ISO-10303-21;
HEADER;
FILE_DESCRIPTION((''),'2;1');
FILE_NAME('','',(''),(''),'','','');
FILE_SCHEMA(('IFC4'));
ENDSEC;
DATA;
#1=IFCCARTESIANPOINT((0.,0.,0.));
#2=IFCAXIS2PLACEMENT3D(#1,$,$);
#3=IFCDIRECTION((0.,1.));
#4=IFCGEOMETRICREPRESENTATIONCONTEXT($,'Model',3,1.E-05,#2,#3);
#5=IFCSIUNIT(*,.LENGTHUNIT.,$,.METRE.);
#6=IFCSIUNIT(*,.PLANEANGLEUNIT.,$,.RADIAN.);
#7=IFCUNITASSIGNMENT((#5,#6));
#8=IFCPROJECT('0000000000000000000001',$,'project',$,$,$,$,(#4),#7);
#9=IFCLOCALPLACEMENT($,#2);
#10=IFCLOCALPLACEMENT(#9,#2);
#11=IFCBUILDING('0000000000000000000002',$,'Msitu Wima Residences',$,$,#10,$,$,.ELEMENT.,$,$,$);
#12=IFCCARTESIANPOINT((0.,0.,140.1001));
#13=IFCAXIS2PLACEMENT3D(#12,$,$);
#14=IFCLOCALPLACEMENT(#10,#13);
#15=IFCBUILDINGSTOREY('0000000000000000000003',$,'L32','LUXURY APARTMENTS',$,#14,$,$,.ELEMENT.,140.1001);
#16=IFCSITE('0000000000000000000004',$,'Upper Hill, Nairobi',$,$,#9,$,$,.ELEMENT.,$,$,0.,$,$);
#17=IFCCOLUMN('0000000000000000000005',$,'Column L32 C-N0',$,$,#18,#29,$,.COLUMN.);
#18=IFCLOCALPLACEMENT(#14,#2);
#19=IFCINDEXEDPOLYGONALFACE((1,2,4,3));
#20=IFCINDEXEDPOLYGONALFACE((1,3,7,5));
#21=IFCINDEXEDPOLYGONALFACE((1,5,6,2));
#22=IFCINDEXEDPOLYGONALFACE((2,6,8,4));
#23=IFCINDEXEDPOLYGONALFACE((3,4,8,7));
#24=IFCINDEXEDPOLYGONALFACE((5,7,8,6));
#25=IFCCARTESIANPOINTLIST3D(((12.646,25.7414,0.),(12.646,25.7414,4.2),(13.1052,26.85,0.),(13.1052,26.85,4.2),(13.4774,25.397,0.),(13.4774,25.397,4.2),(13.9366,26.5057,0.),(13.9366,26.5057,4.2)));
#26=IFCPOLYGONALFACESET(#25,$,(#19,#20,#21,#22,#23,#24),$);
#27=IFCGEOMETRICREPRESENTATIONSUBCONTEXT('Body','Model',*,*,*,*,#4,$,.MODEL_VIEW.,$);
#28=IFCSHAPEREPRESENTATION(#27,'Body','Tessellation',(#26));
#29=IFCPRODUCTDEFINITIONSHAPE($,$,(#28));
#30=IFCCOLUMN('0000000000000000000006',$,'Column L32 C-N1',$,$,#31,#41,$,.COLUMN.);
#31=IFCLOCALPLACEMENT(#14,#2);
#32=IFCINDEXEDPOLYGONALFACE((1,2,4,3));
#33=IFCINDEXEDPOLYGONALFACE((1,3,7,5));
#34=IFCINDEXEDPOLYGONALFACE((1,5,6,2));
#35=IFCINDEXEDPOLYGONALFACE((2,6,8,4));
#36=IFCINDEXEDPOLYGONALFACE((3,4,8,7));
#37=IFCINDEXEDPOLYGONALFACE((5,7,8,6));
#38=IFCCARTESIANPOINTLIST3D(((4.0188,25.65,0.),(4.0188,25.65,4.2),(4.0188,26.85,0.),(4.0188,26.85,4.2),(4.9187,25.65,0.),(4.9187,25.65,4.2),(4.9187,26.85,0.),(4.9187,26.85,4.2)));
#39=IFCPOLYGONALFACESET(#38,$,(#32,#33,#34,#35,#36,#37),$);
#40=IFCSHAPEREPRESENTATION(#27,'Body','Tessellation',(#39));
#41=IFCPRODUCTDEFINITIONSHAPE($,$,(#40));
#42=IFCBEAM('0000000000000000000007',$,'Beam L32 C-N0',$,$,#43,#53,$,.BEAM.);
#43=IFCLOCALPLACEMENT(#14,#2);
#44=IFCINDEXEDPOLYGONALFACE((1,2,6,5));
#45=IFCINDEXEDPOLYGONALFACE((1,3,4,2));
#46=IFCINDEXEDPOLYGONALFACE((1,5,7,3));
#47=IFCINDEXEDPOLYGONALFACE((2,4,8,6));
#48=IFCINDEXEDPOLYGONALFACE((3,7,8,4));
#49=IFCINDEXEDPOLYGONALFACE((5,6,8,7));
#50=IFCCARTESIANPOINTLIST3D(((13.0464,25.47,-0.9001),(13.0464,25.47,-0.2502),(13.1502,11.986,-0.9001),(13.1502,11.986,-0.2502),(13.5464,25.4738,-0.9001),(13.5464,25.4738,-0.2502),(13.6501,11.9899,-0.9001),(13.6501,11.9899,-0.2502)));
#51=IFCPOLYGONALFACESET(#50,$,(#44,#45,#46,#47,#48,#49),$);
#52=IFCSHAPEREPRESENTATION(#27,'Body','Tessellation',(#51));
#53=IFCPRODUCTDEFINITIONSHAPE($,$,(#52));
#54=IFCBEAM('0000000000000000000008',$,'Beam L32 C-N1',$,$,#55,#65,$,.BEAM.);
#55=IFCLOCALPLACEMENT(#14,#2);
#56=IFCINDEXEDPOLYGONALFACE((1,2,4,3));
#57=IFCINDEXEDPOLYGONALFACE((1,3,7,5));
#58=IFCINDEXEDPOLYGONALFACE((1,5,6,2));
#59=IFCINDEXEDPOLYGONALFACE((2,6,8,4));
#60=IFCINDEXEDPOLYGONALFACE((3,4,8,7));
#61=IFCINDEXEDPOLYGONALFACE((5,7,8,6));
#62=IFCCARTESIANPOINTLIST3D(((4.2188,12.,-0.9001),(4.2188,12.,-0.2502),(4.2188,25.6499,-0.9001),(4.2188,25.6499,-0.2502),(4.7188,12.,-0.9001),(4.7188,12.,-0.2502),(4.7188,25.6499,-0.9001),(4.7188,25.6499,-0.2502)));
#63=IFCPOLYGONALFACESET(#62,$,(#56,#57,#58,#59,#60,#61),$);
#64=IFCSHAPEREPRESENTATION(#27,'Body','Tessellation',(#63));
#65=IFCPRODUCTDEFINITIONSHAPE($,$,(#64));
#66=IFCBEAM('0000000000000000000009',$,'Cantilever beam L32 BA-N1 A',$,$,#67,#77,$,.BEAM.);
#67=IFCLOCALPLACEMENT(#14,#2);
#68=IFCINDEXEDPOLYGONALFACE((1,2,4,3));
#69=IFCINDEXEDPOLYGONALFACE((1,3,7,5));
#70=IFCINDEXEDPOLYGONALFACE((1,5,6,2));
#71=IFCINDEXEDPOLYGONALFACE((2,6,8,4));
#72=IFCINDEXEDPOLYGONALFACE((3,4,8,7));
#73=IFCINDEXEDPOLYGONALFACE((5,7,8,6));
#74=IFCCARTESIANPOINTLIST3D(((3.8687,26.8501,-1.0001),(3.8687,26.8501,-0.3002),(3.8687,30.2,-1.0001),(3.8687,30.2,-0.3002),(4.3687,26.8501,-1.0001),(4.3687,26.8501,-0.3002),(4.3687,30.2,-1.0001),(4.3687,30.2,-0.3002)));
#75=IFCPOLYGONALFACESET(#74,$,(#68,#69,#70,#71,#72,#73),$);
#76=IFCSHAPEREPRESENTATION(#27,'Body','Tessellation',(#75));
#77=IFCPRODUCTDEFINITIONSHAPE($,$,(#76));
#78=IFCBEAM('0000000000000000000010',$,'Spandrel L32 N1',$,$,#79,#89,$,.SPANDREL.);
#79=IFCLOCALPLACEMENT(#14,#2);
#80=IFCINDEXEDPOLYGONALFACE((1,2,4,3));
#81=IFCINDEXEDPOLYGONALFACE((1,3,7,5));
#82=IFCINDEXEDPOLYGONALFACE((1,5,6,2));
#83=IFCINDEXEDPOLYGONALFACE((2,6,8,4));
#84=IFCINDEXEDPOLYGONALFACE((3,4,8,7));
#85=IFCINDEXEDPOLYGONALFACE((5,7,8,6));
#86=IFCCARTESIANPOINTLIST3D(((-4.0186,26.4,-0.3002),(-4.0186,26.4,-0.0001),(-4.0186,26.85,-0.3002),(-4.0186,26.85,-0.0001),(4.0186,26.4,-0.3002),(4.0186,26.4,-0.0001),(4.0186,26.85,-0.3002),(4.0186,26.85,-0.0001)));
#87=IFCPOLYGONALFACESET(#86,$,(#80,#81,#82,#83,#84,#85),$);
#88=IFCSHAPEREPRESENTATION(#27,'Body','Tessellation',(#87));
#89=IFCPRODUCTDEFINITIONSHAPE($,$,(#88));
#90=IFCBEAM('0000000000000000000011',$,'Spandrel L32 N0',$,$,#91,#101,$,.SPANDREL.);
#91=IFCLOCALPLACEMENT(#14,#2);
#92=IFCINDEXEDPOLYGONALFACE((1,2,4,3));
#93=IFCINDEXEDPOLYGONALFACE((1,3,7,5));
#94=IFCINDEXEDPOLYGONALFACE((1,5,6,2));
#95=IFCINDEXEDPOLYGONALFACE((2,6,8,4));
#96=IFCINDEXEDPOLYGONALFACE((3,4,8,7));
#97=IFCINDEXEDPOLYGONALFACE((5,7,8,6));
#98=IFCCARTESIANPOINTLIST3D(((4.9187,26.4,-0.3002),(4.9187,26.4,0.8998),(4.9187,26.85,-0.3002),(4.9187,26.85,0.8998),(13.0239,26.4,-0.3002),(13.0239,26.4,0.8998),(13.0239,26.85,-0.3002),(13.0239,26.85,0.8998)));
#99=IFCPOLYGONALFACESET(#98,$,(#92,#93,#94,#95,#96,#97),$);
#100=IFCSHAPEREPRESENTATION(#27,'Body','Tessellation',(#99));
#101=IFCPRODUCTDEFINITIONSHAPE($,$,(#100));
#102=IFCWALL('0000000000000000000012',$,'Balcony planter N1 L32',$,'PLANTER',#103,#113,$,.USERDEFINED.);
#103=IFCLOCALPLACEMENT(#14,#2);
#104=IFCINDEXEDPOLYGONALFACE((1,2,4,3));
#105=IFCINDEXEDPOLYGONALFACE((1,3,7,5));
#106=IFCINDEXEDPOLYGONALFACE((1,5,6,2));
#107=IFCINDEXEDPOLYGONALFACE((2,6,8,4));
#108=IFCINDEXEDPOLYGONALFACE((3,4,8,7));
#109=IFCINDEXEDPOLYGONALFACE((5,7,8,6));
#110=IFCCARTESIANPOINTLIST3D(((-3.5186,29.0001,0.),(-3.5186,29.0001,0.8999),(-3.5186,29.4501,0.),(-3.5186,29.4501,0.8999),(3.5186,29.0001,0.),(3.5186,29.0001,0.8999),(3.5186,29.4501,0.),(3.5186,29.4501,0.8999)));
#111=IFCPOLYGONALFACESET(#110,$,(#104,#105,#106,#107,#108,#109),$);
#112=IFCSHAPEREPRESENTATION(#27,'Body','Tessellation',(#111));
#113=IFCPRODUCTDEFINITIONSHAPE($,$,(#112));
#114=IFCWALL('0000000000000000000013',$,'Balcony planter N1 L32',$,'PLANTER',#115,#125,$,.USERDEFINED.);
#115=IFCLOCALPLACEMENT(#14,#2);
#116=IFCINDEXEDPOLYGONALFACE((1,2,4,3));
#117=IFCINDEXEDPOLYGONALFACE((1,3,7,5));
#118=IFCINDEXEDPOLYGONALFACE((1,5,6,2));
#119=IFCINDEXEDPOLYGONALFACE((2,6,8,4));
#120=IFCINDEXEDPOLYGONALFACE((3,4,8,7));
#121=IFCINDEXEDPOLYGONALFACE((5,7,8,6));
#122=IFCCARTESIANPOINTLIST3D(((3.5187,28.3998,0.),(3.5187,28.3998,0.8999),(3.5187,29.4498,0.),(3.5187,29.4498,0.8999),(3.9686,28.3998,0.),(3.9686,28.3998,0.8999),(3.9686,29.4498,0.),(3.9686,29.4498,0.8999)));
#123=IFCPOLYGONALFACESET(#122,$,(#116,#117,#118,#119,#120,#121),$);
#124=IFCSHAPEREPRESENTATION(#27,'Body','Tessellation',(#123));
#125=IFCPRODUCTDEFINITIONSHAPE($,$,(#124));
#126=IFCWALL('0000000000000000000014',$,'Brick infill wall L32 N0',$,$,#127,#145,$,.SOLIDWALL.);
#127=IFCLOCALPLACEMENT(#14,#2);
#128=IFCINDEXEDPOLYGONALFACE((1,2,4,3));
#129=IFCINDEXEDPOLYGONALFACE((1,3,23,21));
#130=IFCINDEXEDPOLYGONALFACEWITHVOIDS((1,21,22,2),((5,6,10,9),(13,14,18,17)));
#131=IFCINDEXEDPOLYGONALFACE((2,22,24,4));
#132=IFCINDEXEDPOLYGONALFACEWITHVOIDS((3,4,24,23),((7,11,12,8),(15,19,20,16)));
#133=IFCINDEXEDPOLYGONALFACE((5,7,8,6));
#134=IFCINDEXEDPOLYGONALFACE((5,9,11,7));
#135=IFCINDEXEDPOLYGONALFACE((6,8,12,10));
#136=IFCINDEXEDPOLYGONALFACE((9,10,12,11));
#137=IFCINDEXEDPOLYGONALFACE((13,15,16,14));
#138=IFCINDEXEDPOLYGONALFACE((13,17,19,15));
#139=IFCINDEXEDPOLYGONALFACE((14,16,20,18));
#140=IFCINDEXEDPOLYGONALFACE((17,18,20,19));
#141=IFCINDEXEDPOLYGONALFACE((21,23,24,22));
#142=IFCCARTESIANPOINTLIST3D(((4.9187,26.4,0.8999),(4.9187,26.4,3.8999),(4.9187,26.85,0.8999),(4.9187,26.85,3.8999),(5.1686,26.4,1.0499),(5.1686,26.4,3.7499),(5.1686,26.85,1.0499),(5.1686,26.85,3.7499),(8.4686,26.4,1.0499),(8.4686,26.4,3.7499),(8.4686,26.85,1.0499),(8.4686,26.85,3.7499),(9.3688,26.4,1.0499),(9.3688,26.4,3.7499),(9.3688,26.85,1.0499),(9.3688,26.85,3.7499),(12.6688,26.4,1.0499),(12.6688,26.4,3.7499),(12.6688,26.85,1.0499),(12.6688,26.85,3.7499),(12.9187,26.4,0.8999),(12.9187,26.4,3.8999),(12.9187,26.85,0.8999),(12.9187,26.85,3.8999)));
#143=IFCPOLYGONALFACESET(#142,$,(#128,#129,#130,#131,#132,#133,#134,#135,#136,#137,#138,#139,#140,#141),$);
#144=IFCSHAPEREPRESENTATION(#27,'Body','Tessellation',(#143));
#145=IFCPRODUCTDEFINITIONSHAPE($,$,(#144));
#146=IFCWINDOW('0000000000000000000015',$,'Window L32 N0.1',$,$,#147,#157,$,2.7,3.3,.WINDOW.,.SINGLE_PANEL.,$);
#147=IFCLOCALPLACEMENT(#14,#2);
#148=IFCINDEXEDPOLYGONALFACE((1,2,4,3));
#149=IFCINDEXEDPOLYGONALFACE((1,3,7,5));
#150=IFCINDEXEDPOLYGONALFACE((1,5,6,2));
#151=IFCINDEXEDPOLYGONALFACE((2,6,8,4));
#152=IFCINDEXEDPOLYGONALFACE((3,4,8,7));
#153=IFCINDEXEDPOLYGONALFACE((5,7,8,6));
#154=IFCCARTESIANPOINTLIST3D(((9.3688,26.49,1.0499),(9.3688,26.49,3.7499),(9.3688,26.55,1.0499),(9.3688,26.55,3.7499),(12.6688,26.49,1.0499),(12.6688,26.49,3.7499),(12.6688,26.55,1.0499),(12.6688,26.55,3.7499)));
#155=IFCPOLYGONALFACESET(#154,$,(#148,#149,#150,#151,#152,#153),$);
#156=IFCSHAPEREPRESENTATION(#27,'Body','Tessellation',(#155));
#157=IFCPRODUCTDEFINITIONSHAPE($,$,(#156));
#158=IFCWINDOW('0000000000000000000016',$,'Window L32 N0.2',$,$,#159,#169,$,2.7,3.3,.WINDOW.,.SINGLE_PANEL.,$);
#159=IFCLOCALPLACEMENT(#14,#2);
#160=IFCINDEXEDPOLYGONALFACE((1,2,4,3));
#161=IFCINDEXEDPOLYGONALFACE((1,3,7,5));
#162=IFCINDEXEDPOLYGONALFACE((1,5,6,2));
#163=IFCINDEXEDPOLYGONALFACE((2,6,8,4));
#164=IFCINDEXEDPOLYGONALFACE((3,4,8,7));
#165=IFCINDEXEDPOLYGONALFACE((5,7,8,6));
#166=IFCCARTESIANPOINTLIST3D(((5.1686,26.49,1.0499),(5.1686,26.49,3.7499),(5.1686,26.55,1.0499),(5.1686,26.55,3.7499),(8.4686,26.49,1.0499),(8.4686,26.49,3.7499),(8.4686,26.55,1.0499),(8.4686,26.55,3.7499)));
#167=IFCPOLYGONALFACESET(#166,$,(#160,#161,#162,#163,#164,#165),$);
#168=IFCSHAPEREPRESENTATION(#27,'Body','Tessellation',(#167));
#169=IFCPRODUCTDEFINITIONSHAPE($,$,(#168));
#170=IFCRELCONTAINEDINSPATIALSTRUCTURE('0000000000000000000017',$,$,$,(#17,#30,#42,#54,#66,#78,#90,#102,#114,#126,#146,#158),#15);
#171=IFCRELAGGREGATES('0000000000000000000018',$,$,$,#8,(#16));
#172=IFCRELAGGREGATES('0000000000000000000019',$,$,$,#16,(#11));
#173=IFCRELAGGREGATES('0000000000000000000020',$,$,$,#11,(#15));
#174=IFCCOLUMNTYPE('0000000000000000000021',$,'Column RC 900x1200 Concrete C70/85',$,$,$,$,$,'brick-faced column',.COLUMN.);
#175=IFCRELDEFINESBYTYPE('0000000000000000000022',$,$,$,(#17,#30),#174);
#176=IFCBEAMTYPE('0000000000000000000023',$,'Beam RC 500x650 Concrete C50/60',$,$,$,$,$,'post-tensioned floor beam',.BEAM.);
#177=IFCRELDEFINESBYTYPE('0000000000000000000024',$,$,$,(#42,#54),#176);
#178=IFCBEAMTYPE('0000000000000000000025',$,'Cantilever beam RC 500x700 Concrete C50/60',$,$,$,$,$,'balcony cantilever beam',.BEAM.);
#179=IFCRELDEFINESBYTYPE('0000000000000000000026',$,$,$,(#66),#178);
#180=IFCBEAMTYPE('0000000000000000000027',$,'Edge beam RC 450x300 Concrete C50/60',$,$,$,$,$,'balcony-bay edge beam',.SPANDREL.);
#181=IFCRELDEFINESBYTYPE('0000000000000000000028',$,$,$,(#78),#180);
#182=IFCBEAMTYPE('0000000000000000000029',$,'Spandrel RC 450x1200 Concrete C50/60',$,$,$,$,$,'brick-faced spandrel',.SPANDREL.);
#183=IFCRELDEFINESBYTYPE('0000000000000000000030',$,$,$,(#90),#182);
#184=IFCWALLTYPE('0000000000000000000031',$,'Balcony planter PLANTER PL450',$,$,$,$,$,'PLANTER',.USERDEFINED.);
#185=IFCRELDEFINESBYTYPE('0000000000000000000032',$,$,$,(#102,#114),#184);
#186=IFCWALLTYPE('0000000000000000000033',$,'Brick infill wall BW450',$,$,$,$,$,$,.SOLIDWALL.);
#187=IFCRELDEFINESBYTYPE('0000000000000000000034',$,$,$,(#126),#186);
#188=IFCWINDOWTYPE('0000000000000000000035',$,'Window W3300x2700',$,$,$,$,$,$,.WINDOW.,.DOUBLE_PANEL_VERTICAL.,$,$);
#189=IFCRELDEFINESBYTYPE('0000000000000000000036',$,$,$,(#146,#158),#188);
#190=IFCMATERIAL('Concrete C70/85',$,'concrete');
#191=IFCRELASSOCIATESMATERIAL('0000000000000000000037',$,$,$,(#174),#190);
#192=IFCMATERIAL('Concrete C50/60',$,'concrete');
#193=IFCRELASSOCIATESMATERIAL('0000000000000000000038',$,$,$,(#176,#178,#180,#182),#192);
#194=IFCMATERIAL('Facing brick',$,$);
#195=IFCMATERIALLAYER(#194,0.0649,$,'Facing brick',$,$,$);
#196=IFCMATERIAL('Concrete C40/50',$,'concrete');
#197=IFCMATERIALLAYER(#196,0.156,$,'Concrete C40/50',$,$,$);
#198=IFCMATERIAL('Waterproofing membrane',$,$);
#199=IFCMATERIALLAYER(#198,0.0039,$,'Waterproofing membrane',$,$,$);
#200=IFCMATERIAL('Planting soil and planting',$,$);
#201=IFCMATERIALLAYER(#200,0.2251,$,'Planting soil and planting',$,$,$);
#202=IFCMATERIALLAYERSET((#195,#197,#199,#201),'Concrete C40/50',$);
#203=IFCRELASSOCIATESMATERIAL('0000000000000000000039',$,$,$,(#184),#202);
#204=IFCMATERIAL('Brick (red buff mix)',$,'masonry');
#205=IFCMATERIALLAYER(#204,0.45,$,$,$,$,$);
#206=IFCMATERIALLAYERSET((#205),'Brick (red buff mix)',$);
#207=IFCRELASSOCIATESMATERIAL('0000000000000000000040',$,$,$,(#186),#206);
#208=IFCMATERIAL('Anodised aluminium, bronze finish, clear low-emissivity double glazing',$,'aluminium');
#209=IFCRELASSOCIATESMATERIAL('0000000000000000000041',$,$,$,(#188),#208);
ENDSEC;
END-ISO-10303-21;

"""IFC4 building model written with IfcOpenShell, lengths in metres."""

from ifc_helpers import new_model, si_unit, direction, frame, frame_2d, origin, origin_2d, place, context, subcontext, project, spatial, rectangle, extrude, material, layer, layer_set, material_profile, profile_set, type_object, element, fill, save


model = new_model("IFC4")

# Units and contexts
model_context = context("Model", 3, precision=1e-05, world=origin(), true_north=direction((0.0, 1.0)))
body_context = subcontext(model_context, "Body", "Model", "MODEL_VIEW")
ifc_project = project(units=[si_unit("LENGTHUNIT", "METRE"), si_unit("PLANEANGLEUNIT", "RADIAN")], contexts=[model_context])

# Site, building, storey
site_placement = place(None, origin())
site = spatial("IfcSite", under=ifc_project, at=site_placement, Name="Upper Hill, Nairobi", CompositionType="ELEMENT", RefElevation=0.0)
building_placement = place(site_placement, origin())
building = spatial("IfcBuilding", under=site, at=building_placement, Name="Msitu Wima Residences", CompositionType="ELEMENT")
storey_placement = place(building_placement, frame((0.0, 0.0, 140.1001)))
storey = spatial("IfcBuildingStorey", under=building, at=storey_placement, Name="L32", Description="LUXURY APARTMENTS", CompositionType="ELEMENT", Elevation=140.1001)

# Columns
ifc_material_1 = material(Name="Concrete C70/85", Category="concrete")
ifc_material_profile_1 = material_profile(ifc_material_1, rectangle(XDim=0.8999, YDim=1.2, at=origin_2d()), Name="RC 900x1200")
ifc_profile_set_1 = profile_set([ifc_material_profile_1], Name="Concrete C70/85")
column_type = type_object("IfcColumnType", Name="Column RC 900x1200 Concrete C70/85", ElementType="brick-faced column", PredefinedType="COLUMN", material=ifc_profile_set_1)
for number, where, z_axis, x_axis, name in (
    (1, (13.2913, 26.1235, 0.0), (0.0, 0.0, 1.0), (-0.92388, 0.382683, 0.0), "Column L32 C-N0"),
    (2, (4.4688, 26.25, 0.0), (0.0, 0.0, 1.0), (-1.0, 0.0, 0.0), "Column L32 C-N1"),
):
    element("IfcColumn", number, at=place(storey_placement, frame(where, z_axis=z_axis, x_axis=x_axis)), inside=storey, type_object=column_type, Name=name, PredefinedType="COLUMN", context=body_context, shape_type="SweptSolid", body=[
        extrude(rectangle(XDim=0.8999, YDim=1.2, at=origin_2d()), origin(), (0.0, 0.0, 1.0), 4.2),
    ])

# Beams
ifc_material_2 = material(Name="Concrete C50/60", Category="concrete")
ifc_material_profile_2 = material_profile(ifc_material_2, rectangle(XDim=0.5, YDim=0.6499, at=origin_2d()), Name="RC 500x650")
ifc_profile_set_2 = profile_set([ifc_material_profile_2], Name="Concrete C50/60")
beam_type_1 = type_object("IfcBeamType", Name="Beam RC 500x650 Concrete C50/60", ElementType="post-tensioned floor beam", PredefinedType="BEAM", material=ifc_profile_set_2)
beam_1_placement = place(storey_placement, frame((13.2964, 25.4719, -0.5752), z_axis=(0.007695, -0.99997, 0.0), x_axis=(0.99997, 0.007695, 0.0)))
element("IfcBeam", 3, at=beam_1_placement, inside=storey, type_object=beam_type_1, Name="Beam L32 C-N0", PredefinedType="BEAM", context=body_context, shape_type="SweptSolid", body=[
    extrude(rectangle(XDim=0.5, YDim=0.6499, at=origin_2d()), origin(), (0.0, 0.0, 1.0), 13.4844),
])
beam_2_placement = place(storey_placement, frame((4.4688, 25.6499, -0.5752), z_axis=(0.0, -1.0, 0.0), x_axis=(1.0, 0.0, 0.0)))
element("IfcBeam", 4, at=beam_2_placement, inside=storey, type_object=beam_type_1, Name="Beam L32 C-N1", PredefinedType="BEAM", context=body_context, shape_type="SweptSolid", body=[
    extrude(rectangle(XDim=0.5, YDim=0.6499, at=origin_2d()), origin(), (0.0, 0.0, 1.0), 13.6499),
])
ifc_material_profile_3 = material_profile(ifc_material_2, rectangle(XDim=0.5, YDim=0.7, at=origin_2d()), Name="RC 500x700")
ifc_profile_set_3 = profile_set([ifc_material_profile_3], Name="Concrete C50/60")
beam_type_2 = type_object("IfcBeamType", Name="Cantilever beam RC 500x700 Concrete C50/60", ElementType="balcony cantilever beam", PredefinedType="BEAM", material=ifc_profile_set_3)
beam_3_placement = place(storey_placement, frame((4.1187, 26.8501, -0.6501), z_axis=(0.0, 1.0, 0.0), x_axis=(-1.0, 0.0, 0.0)))
element("IfcBeam", 5, at=beam_3_placement, inside=storey, type_object=beam_type_2, Name="Cantilever beam L32 BA-N1 A", PredefinedType="BEAM", context=body_context, shape_type="SweptSolid", body=[
    extrude(rectangle(XDim=0.5, YDim=0.7, at=origin_2d()), origin(), (0.0, 0.0, 1.0), 3.3499),
])
ifc_material_profile_4 = material_profile(ifc_material_2, rectangle(XDim=0.45, YDim=0.3, at=origin_2d()), Name="RC 450x300")
ifc_profile_set_4 = profile_set([ifc_material_profile_4], Name="Concrete C50/60")
beam_type_3 = type_object("IfcBeamType", Name="Edge beam RC 450x300 Concrete C50/60", ElementType="balcony-bay edge beam", PredefinedType="SPANDREL", material=ifc_profile_set_4)
beam_4_placement = place(storey_placement, frame((4.0186, 26.625, -0.1501), z_axis=(-1.0, 0.0, 0.0), x_axis=(0.0, -1.0, 0.0)))
element("IfcBeam", 6, at=beam_4_placement, inside=storey, type_object=beam_type_3, Name="Spandrel L32 N1", PredefinedType="SPANDREL", context=body_context, shape_type="SweptSolid", body=[
    extrude(rectangle(XDim=0.45, YDim=0.3, at=origin_2d()), origin(), (0.0, 0.0, 1.0), 8.0371),
])
ifc_material_profile_5 = material_profile(ifc_material_2, rectangle(XDim=0.45, YDim=1.2, at=origin_2d()), Name="RC 450x1200")
ifc_profile_set_5 = profile_set([ifc_material_profile_5], Name="Concrete C50/60")
beam_type_4 = type_object("IfcBeamType", Name="Spandrel RC 450x1200 Concrete C50/60", ElementType="brick-faced spandrel", PredefinedType="SPANDREL", material=ifc_profile_set_5)
beam_5_placement = place(storey_placement, frame((13.0239, 26.625, 0.2998), z_axis=(-1.0, 0.0, 0.0), x_axis=(0.0, -1.0, 0.0)))
element("IfcBeam", 7, at=beam_5_placement, inside=storey, type_object=beam_type_4, Name="Spandrel L32 N0", PredefinedType="SPANDREL", context=body_context, shape_type="SweptSolid", body=[
    extrude(rectangle(XDim=0.45, YDim=1.2, at=origin_2d()), origin(), (0.0, 0.0, 1.0), 8.1052),
])

# Walls
ifc_material_3 = material(Name="Facing brick")
ifc_layer_1 = layer(ifc_material_3, 0.0649, Name="Facing brick")
ifc_material_4 = material(Name="Concrete C40/50", Category="concrete")
ifc_layer_2 = layer(ifc_material_4, 0.156, Name="Concrete C40/50")
ifc_material_5 = material(Name="Waterproofing membrane")
ifc_layer_3 = layer(ifc_material_5, 0.0039, Name="Waterproofing membrane")
ifc_material_6 = material(Name="Planting soil and planting")
ifc_layer_4 = layer(ifc_material_6, 0.2251, Name="Planting soil and planting")
ifc_layer_set_1 = layer_set([ifc_layer_1, ifc_layer_2, ifc_layer_3, ifc_layer_4], Name="Concrete C40/50")
wall_type_1 = type_object("IfcWallType", Name="Balcony planter PLANTER PL450", ElementType="PLANTER", PredefinedType="USERDEFINED", material=ifc_layer_set_1)
wall_1_placement = place(storey_placement, frame((3.5186, 29.2251, 0.0), z_axis=(0.0, 0.0, 1.0), x_axis=(-1.0, 0.0, 0.0)))
element("IfcWall", 8, at=wall_1_placement, inside=storey, type_object=wall_type_1, Name="Balcony planter N1 L32", ObjectType="PLANTER", PredefinedType="USERDEFINED", context=body_context, shape_type="SweptSolid", body=[
    extrude(rectangle(XDim=7.0371, YDim=0.45, at=frame_2d((3.5186, 0.0))), origin(), (0.0, 0.0, 1.0), 0.8999),
])
wall_2_placement = place(storey_placement, frame((3.7437, 28.3999, 0.0), z_axis=(0.0, 0.0, 1.0), x_axis=(0.0, 1.0, 0.0)))
element("IfcWall", 9, at=wall_2_placement, inside=storey, type_object=wall_type_1, Name="Balcony planter N1 L32", ObjectType="PLANTER", PredefinedType="USERDEFINED", context=body_context, shape_type="SweptSolid", body=[
    extrude(rectangle(XDim=1.05, YDim=0.45, at=frame_2d((0.5249, 0.0))), origin(), (0.0, 0.0, 1.0), 0.8999),
])

# Wall, openings, windows
ifc_material_7 = material(Name="Brick (red buff mix)", Category="masonry")
ifc_layer_5 = layer(ifc_material_7, 0.45)
ifc_layer_set_2 = layer_set([ifc_layer_5], Name="Brick (red buff mix)")
wall_type_2 = type_object("IfcWallType", Name="Brick infill wall BW450", PredefinedType="SOLIDWALL", material=ifc_layer_set_2)
wall_3_placement = place(storey_placement, frame((12.9187, 26.625, 0.8999), z_axis=(0.0, 0.0, 1.0), x_axis=(-1.0, 0.0, 0.0)))
wall_3 = element("IfcWall", 10, at=wall_3_placement, inside=storey, type_object=wall_type_2, Name="Brick infill wall L32 N0", PredefinedType="SOLIDWALL", context=body_context, shape_type="SweptSolid", body=[
    extrude(rectangle(XDim=8.0, YDim=0.45, at=frame_2d((4.0, 0.0))), origin(), (0.0, 0.0, 1.0), 3.0),
])
opening_1_placement = place(wall_3_placement, frame((0.25, 0.0, 0.1499)))
opening_1 = element("IfcOpeningElement", 11, at=opening_1_placement, cuts=wall_3, PredefinedType="OPENING", context=body_context, shape_type="SweptSolid", body=[
    extrude(rectangle(XDim=3.3, YDim=2.7, at=frame_2d((1.6499, 1.3501))), frame((0.0, 0.2349, 0.0), z_axis=(0.0, -1.0, 0.0), x_axis=(1.0, 0.0, 0.0)), (0.0, 0.0, 1.0), 0.47),
])
opening_2_placement = place(wall_3_placement, frame((4.4502, 0.0, 0.1499)))
opening_2 = element("IfcOpeningElement", 12, at=opening_2_placement, cuts=wall_3, PredefinedType="OPENING", context=body_context, shape_type="SweptSolid", body=[
    extrude(rectangle(XDim=3.3, YDim=2.7, at=frame_2d((1.6499, 1.3501))), frame((0.0, 0.2349, 0.0), z_axis=(0.0, -1.0, 0.0), x_axis=(1.0, 0.0, 0.0)), (0.0, 0.0, 1.0), 0.47),
])
ifc_material_8 = material(Name="Anodised aluminium, bronze finish, clear low-emissivity double glazing", Category="aluminium")
window_type = type_object("IfcWindowType", Name="Window W3300x2700", PartitioningType="DOUBLE_PANEL_VERTICAL", PredefinedType="WINDOW", material=ifc_material_8)
window_1_placement = place(opening_1_placement, origin())
window_1 = element("IfcWindow", 13, at=window_1_placement, inside=storey, type_object=window_type, Name="Window L32 N0.1", OverallHeight=2.7, OverallWidth=3.3, PartitioningType="SINGLE_PANEL", PredefinedType="WINDOW", context=body_context, shape_type="SweptSolid", body=[
    extrude(rectangle(XDim=3.3, YDim=2.7, at=frame_2d((1.6499, 1.3501))), frame((0.0, 0.135, 0.0), z_axis=(0.0, -1.0, 0.0), x_axis=(1.0, 0.0, 0.0)), (0.0, 0.0, 1.0), 0.0601),
])
fill(opening_1, window_1)
window_2_placement = place(opening_2_placement, origin())
window_2 = element("IfcWindow", 14, at=window_2_placement, inside=storey, type_object=window_type, Name="Window L32 N0.2", OverallHeight=2.7, OverallWidth=3.3, PartitioningType="SINGLE_PANEL", PredefinedType="WINDOW", context=body_context, shape_type="SweptSolid", body=[
    extrude(rectangle(XDim=3.3, YDim=2.7, at=frame_2d((1.6499, 1.3501))), frame((0.0, 0.135, 0.0), z_axis=(0.0, -1.0, 0.0), x_axis=(1.0, 0.0, 0.0)), (0.0, 0.0, 1.0), 0.0601),
])
fill(opening_2, window_2)

save(model, "model.ifc")
